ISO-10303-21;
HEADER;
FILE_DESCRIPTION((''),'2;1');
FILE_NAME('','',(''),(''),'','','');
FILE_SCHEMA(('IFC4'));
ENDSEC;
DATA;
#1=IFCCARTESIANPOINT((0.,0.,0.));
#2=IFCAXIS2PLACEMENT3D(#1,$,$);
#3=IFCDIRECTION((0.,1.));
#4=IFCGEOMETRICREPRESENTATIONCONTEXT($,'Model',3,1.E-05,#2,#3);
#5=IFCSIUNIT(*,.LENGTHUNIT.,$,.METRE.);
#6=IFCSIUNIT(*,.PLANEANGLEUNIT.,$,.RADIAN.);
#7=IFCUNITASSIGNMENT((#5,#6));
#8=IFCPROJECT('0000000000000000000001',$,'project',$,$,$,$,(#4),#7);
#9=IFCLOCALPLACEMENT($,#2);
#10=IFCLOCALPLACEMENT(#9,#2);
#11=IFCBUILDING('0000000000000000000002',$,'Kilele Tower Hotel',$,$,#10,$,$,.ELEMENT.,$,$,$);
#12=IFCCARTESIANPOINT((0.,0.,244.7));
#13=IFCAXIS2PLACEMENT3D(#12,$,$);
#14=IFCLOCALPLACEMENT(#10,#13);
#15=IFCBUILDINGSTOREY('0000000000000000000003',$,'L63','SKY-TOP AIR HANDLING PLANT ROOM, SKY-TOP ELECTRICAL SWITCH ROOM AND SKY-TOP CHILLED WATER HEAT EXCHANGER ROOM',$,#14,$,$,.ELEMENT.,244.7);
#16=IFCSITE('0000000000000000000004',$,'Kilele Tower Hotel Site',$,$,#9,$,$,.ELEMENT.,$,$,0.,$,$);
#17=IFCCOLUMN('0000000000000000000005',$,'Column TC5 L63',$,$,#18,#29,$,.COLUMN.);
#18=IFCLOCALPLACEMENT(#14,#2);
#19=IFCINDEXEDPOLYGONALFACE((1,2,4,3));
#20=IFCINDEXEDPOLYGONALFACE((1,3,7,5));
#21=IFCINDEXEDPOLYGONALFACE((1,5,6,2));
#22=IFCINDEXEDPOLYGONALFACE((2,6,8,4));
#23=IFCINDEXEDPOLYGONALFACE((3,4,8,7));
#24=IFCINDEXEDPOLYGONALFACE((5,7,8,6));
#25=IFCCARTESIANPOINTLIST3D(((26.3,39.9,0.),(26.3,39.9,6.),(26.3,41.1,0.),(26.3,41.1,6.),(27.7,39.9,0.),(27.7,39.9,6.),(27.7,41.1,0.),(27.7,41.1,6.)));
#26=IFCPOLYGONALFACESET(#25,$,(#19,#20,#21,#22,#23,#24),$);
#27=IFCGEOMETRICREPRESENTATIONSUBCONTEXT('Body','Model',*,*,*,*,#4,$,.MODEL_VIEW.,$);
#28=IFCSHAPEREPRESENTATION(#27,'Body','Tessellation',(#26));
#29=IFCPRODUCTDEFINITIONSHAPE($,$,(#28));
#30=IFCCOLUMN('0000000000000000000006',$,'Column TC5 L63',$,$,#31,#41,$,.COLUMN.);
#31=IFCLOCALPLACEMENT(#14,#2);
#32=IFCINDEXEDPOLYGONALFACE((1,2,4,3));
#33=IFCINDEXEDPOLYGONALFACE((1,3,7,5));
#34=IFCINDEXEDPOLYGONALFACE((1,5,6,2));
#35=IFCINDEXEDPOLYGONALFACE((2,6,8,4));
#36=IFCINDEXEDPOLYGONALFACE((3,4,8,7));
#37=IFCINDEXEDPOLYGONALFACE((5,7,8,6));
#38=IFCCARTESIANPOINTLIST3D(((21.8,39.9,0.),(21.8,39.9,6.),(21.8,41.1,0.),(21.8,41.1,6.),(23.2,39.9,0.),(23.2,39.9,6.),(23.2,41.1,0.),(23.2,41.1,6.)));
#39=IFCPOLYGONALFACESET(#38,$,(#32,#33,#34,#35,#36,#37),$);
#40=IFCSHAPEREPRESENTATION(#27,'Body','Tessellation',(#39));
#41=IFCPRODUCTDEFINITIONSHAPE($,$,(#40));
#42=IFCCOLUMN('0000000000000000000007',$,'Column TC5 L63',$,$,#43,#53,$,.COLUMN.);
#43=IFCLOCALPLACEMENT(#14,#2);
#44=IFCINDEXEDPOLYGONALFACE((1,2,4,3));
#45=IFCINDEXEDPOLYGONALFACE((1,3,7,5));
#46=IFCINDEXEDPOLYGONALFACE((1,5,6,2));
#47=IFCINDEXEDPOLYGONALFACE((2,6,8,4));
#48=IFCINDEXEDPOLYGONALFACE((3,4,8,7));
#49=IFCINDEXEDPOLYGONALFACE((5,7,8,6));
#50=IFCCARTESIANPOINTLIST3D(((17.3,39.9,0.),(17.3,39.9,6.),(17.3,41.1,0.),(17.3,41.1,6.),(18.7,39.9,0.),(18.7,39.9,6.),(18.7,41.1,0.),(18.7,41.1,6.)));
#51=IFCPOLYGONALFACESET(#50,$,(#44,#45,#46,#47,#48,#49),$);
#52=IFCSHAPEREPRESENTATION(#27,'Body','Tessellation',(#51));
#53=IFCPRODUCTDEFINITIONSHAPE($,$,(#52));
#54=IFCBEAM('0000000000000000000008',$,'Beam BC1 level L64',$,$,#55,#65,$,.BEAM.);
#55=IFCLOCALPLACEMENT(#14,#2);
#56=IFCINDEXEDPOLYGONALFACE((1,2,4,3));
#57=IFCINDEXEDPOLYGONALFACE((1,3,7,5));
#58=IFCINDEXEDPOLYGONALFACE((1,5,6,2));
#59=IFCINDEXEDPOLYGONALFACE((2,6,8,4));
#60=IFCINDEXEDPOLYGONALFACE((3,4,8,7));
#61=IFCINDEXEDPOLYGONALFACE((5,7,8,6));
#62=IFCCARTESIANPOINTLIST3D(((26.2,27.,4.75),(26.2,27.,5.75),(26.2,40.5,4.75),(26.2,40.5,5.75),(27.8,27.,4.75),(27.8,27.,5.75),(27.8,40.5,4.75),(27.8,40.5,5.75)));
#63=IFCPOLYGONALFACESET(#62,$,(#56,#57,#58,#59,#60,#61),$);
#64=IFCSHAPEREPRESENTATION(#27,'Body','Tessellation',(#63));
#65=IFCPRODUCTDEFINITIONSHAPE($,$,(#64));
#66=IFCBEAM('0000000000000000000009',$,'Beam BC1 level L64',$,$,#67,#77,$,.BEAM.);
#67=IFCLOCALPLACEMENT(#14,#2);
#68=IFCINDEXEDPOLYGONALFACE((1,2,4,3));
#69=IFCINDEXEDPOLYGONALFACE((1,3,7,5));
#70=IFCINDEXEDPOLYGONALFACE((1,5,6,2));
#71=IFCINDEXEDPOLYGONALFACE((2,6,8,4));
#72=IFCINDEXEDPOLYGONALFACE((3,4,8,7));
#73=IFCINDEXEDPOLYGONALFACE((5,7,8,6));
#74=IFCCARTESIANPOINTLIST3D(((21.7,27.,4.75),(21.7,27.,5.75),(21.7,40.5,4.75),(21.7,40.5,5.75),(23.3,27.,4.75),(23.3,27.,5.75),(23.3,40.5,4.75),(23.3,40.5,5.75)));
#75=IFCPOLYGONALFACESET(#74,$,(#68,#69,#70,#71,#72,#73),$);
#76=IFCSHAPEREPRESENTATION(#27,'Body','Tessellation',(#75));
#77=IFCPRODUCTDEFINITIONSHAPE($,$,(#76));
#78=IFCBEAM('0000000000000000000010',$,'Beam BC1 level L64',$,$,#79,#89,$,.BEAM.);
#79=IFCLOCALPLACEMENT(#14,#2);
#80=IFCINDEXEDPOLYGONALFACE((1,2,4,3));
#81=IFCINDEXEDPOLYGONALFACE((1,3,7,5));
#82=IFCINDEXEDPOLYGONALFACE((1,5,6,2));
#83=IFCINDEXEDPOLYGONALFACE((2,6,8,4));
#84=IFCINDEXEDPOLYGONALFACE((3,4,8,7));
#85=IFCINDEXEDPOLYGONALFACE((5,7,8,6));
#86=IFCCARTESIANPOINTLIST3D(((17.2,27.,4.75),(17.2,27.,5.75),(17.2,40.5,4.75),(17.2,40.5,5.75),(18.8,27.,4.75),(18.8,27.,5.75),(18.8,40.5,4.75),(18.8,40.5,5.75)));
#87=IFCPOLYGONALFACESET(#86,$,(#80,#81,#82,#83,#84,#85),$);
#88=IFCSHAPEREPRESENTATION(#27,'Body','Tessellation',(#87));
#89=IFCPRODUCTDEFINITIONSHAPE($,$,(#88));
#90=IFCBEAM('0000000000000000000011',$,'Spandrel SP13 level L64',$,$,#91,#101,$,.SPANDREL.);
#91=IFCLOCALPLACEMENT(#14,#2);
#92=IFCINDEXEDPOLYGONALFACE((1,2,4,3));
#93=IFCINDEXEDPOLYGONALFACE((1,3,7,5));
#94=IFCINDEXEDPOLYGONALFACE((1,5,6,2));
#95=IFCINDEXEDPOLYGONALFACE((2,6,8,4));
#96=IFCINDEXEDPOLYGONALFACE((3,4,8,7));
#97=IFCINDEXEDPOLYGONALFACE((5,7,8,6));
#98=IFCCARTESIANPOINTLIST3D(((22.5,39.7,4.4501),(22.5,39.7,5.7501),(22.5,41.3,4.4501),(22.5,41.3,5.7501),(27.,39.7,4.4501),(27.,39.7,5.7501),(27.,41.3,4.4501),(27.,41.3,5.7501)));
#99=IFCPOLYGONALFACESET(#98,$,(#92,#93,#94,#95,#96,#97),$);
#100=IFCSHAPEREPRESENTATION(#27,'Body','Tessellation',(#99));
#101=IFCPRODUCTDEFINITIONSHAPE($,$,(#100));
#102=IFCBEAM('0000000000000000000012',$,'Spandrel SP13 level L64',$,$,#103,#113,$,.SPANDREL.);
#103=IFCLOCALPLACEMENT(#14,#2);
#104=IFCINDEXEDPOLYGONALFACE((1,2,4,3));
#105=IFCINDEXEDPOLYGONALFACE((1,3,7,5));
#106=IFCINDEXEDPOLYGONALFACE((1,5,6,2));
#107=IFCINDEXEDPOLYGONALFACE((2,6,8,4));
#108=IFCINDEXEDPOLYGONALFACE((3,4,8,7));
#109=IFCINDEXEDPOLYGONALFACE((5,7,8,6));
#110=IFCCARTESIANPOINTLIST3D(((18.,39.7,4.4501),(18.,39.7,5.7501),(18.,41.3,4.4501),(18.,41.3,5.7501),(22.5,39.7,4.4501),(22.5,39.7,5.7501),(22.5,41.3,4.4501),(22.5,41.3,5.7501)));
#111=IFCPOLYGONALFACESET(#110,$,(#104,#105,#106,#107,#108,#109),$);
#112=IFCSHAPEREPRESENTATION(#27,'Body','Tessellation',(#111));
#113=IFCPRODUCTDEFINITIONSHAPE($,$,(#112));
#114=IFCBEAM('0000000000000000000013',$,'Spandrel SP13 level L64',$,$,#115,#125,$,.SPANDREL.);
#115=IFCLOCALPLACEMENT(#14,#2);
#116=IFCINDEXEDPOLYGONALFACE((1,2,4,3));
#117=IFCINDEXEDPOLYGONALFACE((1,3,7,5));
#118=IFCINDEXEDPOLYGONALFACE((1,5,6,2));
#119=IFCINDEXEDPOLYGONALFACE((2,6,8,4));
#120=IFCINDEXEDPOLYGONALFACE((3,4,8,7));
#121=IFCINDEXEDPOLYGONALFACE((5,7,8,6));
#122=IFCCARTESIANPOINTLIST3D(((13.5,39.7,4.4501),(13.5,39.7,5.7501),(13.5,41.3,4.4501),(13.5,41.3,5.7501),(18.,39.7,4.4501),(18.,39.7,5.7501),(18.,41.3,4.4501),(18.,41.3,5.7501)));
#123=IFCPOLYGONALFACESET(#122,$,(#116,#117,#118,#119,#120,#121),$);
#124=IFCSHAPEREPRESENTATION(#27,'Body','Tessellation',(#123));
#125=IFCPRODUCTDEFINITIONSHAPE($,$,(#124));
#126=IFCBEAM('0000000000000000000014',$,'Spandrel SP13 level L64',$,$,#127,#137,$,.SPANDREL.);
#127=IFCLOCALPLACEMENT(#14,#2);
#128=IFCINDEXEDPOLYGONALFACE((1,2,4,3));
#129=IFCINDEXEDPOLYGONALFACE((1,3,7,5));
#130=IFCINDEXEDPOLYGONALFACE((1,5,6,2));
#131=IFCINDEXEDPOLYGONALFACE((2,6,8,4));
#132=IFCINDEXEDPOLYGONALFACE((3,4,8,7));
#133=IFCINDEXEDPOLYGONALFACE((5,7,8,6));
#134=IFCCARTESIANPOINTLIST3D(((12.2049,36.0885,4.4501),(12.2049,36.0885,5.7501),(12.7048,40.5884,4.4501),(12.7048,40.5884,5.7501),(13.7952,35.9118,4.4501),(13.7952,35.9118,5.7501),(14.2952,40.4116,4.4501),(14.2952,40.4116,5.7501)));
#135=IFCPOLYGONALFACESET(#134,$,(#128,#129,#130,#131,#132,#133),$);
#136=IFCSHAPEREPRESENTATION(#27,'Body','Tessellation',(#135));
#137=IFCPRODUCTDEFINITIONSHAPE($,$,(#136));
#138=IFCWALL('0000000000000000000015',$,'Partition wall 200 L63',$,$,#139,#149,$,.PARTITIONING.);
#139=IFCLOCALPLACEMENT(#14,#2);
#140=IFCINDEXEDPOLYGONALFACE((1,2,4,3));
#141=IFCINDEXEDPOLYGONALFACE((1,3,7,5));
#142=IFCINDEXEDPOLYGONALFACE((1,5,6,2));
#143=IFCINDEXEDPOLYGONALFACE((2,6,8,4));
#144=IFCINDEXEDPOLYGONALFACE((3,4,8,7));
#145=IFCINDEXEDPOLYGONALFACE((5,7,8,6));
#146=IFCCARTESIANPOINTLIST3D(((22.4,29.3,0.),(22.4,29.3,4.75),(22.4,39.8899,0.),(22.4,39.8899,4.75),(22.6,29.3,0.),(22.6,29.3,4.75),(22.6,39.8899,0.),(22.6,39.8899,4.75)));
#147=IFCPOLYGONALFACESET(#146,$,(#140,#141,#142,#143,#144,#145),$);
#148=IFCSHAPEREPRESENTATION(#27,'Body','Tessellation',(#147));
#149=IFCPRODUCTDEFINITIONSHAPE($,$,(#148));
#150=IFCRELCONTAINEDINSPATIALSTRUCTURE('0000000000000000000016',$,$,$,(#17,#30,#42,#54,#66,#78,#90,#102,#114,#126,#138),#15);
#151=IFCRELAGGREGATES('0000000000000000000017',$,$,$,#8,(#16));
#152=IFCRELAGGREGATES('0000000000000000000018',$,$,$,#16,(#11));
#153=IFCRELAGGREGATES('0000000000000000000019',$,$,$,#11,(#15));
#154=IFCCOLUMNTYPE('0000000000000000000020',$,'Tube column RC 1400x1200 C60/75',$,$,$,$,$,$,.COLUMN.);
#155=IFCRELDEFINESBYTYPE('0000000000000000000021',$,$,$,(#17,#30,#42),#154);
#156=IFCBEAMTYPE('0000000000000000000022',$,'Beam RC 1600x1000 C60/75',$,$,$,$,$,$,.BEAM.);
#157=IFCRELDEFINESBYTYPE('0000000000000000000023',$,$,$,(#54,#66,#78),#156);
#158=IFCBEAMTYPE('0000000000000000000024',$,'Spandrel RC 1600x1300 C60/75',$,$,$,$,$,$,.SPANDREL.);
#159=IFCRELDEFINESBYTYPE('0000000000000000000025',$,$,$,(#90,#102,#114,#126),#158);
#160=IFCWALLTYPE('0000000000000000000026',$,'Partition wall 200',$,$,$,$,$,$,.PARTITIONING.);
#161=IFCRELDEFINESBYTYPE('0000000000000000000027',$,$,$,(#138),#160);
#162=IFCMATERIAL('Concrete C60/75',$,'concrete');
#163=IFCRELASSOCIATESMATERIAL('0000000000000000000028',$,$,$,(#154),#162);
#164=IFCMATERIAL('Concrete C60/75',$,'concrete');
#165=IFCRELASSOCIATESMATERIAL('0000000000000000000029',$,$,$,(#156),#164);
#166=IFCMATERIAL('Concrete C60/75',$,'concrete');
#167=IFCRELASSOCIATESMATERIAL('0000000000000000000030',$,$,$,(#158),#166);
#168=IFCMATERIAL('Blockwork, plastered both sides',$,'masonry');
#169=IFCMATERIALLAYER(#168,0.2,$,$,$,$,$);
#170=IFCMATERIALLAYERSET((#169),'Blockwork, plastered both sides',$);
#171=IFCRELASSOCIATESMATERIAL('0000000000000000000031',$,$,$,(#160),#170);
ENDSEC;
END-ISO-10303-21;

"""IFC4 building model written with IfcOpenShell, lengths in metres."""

from ifc_helpers import new_model, si_unit, direction, frame, frame_2d, origin, origin_2d, place, context, subcontext, project, spatial, rectangle, extrude, material, layer, layer_set, material_profile, profile_set, type_object, element, save


model = new_model("IFC4")

# Units and contexts
model_context = context("Model", 3, precision=1e-05, world=origin(), true_north=direction((0.0, 1.0)))
body_context = subcontext(model_context, "Body", "Model", "MODEL_VIEW")
ifc_project = project(units=[si_unit("LENGTHUNIT", "METRE"), si_unit("PLANEANGLEUNIT", "RADIAN")], contexts=[model_context])

# Site, building, storey
site_placement = place(None, origin())
site = spatial("IfcSite", under=ifc_project, at=site_placement, Name="Kilele Tower Hotel Site", CompositionType="ELEMENT", RefElevation=0.0)
building_placement = place(site_placement, origin())
building = spatial("IfcBuilding", under=site, at=building_placement, Name="Kilele Tower Hotel", CompositionType="ELEMENT")
storey_placement = place(building_placement, frame((0.0, 0.0, 244.7)))
storey = spatial("IfcBuildingStorey", under=building, at=storey_placement, Name="L63", Description="SKY-TOP AIR HANDLING PLANT ROOM, SKY-TOP ELECTRICAL SWITCH ROOM AND SKY-TOP CHILLED WATER HEAT EXCHANGER ROOM", CompositionType="ELEMENT", Elevation=244.7)

# Columns
ifc_material_1 = material(Name="Concrete C60/75", Category="concrete")
ifc_material_profile_1 = material_profile(ifc_material_1, rectangle(XDim=1.3999, YDim=1.2, at=origin_2d()))
ifc_profile_set_1 = profile_set([ifc_material_profile_1], Name="Concrete C60/75")
column_type = type_object("IfcColumnType", Name="Tube column RC 1400x1200 C60/75", PredefinedType="COLUMN", material=ifc_profile_set_1)
for number, where, z_axis, x_axis, name in (
    (1, (27.0, 40.5, 0.0), (0.0, 0.0, 1.0), (1.0, 0.0, 0.0), "Column TC5 L63"),
    (2, (22.5, 40.5, 0.0), (0.0, 0.0, 1.0), (1.0, 0.0, 0.0), "Column TC5 L63"),
    (3, (18.0, 40.5, 0.0), (0.0, 0.0, 1.0), (1.0, 0.0, 0.0), "Column TC5 L63"),
):
    element("IfcColumn", number, at=place(storey_placement, frame(where, z_axis=z_axis, x_axis=x_axis)), inside=storey, type_object=column_type, Name=name, PredefinedType="COLUMN", context=body_context, shape_type="SweptSolid", body=[
        extrude(rectangle(XDim=1.3999, YDim=1.2, at=origin_2d()), origin(), (0.0, 0.0, 1.0), 6.0),
    ])

# Beams
ifc_material_2 = material(Name="Concrete C60/75", Category="concrete")
ifc_material_profile_2 = material_profile(ifc_material_2, rectangle(XDim=1.6001, YDim=1.0, at=origin_2d()))
ifc_profile_set_2 = profile_set([ifc_material_profile_2], Name="Concrete C60/75")
beam_type_1 = type_object("IfcBeamType", Name="Beam RC 1600x1000 C60/75", PredefinedType="BEAM", material=ifc_profile_set_2)
for number, where, z_axis, x_axis, name in (
    (4, (27.0, 40.5, 5.25), (0.0, -1.0, 0.0), (1.0, 0.0, 0.0), "Beam BC1 level L64"),
    (5, (22.5, 40.5, 5.25), (0.0, -1.0, 0.0), (1.0, 0.0, 0.0), "Beam BC1 level L64"),
    (6, (18.0, 40.5, 5.25), (0.0, -1.0, 0.0), (1.0, 0.0, 0.0), "Beam BC1 level L64"),
):
    element("IfcBeam", number, at=place(storey_placement, frame(where, z_axis=z_axis, x_axis=x_axis)), inside=storey, type_object=beam_type_1, Name=name, PredefinedType="BEAM", context=body_context, shape_type="SweptSolid", body=[
        extrude(rectangle(XDim=1.6001, YDim=1.0, at=origin_2d()), origin(), (0.0, 0.0, 1.0), 13.5),
    ])
ifc_material_3 = material(Name="Concrete C60/75", Category="concrete")
ifc_material_profile_3 = material_profile(ifc_material_3, rectangle(XDim=1.6001, YDim=1.3, at=origin_2d()))
ifc_profile_set_3 = profile_set([ifc_material_profile_3], Name="Concrete C60/75")
beam_type_2 = type_object("IfcBeamType", Name="Spandrel RC 1600x1300 C60/75", PredefinedType="SPANDREL", material=ifc_profile_set_3)
for number, where, z_axis, x_axis, name in (
    (7, (27.0, 40.5, 5.1001), (-1.0, 0.0, 0.0), (0.0, -1.0, 0.0), "Spandrel SP13 level L64"),
    (8, (22.5, 40.5, 5.1001), (-1.0, 0.0, 0.0), (0.0, -1.0, 0.0), "Spandrel SP13 level L64"),
    (9, (18.0, 40.5, 5.1001), (-1.0, 0.0, 0.0), (0.0, -1.0, 0.0), "Spandrel SP13 level L64"),
):
    element("IfcBeam", number, at=place(storey_placement, frame(where, z_axis=z_axis, x_axis=x_axis)), inside=storey, type_object=beam_type_2, Name=name, PredefinedType="SPANDREL", context=body_context, shape_type="SweptSolid", body=[
        extrude(rectangle(XDim=1.6001, YDim=1.3, at=origin_2d()), origin(), (0.0, 0.0, 1.0), 4.5),
    ])
beam_placement = place(storey_placement, frame((13.5, 40.5, 5.1001), z_axis=(-0.110432, -0.993884, 0.0), x_axis=(0.993884, -0.110432, 0.0)))
element("IfcBeam", 10, at=beam_placement, inside=storey, type_object=beam_type_2, Name="Spandrel SP13 level L64", PredefinedType="SPANDREL", context=body_context, shape_type="SweptSolid", body=[
    extrude(rectangle(XDim=1.6001, YDim=1.3, at=origin_2d()), origin(), (0.0, 0.0, 1.0), 4.5276),
])

# Wall
ifc_material_4 = material(Name="Blockwork, plastered both sides", Category="masonry")
ifc_layer_1 = layer(ifc_material_4, 0.2)
ifc_layer_set_1 = layer_set([ifc_layer_1], Name="Blockwork, plastered both sides")
wall_type_1 = type_object("IfcWallType", Name="Partition wall 200", PredefinedType="PARTITIONING", material=ifc_layer_set_1)
wall_1_placement = place(storey_placement, frame((22.5, 29.3, 0.0), z_axis=(0.0, 0.0, 1.0), x_axis=(0.0, 1.0, 0.0)))
element("IfcWall", 11, at=wall_1_placement, inside=storey, type_object=wall_type_1, Name="Partition wall 200 L63", PredefinedType="PARTITIONING", context=body_context, shape_type="SweptSolid", body=[
    extrude(rectangle(XDim=10.5898, YDim=0.2, at=frame_2d((5.2949, 0.0))), origin(), (0.0, 0.0, 1.0), 4.75),
])

save(model, "model.ifc")
